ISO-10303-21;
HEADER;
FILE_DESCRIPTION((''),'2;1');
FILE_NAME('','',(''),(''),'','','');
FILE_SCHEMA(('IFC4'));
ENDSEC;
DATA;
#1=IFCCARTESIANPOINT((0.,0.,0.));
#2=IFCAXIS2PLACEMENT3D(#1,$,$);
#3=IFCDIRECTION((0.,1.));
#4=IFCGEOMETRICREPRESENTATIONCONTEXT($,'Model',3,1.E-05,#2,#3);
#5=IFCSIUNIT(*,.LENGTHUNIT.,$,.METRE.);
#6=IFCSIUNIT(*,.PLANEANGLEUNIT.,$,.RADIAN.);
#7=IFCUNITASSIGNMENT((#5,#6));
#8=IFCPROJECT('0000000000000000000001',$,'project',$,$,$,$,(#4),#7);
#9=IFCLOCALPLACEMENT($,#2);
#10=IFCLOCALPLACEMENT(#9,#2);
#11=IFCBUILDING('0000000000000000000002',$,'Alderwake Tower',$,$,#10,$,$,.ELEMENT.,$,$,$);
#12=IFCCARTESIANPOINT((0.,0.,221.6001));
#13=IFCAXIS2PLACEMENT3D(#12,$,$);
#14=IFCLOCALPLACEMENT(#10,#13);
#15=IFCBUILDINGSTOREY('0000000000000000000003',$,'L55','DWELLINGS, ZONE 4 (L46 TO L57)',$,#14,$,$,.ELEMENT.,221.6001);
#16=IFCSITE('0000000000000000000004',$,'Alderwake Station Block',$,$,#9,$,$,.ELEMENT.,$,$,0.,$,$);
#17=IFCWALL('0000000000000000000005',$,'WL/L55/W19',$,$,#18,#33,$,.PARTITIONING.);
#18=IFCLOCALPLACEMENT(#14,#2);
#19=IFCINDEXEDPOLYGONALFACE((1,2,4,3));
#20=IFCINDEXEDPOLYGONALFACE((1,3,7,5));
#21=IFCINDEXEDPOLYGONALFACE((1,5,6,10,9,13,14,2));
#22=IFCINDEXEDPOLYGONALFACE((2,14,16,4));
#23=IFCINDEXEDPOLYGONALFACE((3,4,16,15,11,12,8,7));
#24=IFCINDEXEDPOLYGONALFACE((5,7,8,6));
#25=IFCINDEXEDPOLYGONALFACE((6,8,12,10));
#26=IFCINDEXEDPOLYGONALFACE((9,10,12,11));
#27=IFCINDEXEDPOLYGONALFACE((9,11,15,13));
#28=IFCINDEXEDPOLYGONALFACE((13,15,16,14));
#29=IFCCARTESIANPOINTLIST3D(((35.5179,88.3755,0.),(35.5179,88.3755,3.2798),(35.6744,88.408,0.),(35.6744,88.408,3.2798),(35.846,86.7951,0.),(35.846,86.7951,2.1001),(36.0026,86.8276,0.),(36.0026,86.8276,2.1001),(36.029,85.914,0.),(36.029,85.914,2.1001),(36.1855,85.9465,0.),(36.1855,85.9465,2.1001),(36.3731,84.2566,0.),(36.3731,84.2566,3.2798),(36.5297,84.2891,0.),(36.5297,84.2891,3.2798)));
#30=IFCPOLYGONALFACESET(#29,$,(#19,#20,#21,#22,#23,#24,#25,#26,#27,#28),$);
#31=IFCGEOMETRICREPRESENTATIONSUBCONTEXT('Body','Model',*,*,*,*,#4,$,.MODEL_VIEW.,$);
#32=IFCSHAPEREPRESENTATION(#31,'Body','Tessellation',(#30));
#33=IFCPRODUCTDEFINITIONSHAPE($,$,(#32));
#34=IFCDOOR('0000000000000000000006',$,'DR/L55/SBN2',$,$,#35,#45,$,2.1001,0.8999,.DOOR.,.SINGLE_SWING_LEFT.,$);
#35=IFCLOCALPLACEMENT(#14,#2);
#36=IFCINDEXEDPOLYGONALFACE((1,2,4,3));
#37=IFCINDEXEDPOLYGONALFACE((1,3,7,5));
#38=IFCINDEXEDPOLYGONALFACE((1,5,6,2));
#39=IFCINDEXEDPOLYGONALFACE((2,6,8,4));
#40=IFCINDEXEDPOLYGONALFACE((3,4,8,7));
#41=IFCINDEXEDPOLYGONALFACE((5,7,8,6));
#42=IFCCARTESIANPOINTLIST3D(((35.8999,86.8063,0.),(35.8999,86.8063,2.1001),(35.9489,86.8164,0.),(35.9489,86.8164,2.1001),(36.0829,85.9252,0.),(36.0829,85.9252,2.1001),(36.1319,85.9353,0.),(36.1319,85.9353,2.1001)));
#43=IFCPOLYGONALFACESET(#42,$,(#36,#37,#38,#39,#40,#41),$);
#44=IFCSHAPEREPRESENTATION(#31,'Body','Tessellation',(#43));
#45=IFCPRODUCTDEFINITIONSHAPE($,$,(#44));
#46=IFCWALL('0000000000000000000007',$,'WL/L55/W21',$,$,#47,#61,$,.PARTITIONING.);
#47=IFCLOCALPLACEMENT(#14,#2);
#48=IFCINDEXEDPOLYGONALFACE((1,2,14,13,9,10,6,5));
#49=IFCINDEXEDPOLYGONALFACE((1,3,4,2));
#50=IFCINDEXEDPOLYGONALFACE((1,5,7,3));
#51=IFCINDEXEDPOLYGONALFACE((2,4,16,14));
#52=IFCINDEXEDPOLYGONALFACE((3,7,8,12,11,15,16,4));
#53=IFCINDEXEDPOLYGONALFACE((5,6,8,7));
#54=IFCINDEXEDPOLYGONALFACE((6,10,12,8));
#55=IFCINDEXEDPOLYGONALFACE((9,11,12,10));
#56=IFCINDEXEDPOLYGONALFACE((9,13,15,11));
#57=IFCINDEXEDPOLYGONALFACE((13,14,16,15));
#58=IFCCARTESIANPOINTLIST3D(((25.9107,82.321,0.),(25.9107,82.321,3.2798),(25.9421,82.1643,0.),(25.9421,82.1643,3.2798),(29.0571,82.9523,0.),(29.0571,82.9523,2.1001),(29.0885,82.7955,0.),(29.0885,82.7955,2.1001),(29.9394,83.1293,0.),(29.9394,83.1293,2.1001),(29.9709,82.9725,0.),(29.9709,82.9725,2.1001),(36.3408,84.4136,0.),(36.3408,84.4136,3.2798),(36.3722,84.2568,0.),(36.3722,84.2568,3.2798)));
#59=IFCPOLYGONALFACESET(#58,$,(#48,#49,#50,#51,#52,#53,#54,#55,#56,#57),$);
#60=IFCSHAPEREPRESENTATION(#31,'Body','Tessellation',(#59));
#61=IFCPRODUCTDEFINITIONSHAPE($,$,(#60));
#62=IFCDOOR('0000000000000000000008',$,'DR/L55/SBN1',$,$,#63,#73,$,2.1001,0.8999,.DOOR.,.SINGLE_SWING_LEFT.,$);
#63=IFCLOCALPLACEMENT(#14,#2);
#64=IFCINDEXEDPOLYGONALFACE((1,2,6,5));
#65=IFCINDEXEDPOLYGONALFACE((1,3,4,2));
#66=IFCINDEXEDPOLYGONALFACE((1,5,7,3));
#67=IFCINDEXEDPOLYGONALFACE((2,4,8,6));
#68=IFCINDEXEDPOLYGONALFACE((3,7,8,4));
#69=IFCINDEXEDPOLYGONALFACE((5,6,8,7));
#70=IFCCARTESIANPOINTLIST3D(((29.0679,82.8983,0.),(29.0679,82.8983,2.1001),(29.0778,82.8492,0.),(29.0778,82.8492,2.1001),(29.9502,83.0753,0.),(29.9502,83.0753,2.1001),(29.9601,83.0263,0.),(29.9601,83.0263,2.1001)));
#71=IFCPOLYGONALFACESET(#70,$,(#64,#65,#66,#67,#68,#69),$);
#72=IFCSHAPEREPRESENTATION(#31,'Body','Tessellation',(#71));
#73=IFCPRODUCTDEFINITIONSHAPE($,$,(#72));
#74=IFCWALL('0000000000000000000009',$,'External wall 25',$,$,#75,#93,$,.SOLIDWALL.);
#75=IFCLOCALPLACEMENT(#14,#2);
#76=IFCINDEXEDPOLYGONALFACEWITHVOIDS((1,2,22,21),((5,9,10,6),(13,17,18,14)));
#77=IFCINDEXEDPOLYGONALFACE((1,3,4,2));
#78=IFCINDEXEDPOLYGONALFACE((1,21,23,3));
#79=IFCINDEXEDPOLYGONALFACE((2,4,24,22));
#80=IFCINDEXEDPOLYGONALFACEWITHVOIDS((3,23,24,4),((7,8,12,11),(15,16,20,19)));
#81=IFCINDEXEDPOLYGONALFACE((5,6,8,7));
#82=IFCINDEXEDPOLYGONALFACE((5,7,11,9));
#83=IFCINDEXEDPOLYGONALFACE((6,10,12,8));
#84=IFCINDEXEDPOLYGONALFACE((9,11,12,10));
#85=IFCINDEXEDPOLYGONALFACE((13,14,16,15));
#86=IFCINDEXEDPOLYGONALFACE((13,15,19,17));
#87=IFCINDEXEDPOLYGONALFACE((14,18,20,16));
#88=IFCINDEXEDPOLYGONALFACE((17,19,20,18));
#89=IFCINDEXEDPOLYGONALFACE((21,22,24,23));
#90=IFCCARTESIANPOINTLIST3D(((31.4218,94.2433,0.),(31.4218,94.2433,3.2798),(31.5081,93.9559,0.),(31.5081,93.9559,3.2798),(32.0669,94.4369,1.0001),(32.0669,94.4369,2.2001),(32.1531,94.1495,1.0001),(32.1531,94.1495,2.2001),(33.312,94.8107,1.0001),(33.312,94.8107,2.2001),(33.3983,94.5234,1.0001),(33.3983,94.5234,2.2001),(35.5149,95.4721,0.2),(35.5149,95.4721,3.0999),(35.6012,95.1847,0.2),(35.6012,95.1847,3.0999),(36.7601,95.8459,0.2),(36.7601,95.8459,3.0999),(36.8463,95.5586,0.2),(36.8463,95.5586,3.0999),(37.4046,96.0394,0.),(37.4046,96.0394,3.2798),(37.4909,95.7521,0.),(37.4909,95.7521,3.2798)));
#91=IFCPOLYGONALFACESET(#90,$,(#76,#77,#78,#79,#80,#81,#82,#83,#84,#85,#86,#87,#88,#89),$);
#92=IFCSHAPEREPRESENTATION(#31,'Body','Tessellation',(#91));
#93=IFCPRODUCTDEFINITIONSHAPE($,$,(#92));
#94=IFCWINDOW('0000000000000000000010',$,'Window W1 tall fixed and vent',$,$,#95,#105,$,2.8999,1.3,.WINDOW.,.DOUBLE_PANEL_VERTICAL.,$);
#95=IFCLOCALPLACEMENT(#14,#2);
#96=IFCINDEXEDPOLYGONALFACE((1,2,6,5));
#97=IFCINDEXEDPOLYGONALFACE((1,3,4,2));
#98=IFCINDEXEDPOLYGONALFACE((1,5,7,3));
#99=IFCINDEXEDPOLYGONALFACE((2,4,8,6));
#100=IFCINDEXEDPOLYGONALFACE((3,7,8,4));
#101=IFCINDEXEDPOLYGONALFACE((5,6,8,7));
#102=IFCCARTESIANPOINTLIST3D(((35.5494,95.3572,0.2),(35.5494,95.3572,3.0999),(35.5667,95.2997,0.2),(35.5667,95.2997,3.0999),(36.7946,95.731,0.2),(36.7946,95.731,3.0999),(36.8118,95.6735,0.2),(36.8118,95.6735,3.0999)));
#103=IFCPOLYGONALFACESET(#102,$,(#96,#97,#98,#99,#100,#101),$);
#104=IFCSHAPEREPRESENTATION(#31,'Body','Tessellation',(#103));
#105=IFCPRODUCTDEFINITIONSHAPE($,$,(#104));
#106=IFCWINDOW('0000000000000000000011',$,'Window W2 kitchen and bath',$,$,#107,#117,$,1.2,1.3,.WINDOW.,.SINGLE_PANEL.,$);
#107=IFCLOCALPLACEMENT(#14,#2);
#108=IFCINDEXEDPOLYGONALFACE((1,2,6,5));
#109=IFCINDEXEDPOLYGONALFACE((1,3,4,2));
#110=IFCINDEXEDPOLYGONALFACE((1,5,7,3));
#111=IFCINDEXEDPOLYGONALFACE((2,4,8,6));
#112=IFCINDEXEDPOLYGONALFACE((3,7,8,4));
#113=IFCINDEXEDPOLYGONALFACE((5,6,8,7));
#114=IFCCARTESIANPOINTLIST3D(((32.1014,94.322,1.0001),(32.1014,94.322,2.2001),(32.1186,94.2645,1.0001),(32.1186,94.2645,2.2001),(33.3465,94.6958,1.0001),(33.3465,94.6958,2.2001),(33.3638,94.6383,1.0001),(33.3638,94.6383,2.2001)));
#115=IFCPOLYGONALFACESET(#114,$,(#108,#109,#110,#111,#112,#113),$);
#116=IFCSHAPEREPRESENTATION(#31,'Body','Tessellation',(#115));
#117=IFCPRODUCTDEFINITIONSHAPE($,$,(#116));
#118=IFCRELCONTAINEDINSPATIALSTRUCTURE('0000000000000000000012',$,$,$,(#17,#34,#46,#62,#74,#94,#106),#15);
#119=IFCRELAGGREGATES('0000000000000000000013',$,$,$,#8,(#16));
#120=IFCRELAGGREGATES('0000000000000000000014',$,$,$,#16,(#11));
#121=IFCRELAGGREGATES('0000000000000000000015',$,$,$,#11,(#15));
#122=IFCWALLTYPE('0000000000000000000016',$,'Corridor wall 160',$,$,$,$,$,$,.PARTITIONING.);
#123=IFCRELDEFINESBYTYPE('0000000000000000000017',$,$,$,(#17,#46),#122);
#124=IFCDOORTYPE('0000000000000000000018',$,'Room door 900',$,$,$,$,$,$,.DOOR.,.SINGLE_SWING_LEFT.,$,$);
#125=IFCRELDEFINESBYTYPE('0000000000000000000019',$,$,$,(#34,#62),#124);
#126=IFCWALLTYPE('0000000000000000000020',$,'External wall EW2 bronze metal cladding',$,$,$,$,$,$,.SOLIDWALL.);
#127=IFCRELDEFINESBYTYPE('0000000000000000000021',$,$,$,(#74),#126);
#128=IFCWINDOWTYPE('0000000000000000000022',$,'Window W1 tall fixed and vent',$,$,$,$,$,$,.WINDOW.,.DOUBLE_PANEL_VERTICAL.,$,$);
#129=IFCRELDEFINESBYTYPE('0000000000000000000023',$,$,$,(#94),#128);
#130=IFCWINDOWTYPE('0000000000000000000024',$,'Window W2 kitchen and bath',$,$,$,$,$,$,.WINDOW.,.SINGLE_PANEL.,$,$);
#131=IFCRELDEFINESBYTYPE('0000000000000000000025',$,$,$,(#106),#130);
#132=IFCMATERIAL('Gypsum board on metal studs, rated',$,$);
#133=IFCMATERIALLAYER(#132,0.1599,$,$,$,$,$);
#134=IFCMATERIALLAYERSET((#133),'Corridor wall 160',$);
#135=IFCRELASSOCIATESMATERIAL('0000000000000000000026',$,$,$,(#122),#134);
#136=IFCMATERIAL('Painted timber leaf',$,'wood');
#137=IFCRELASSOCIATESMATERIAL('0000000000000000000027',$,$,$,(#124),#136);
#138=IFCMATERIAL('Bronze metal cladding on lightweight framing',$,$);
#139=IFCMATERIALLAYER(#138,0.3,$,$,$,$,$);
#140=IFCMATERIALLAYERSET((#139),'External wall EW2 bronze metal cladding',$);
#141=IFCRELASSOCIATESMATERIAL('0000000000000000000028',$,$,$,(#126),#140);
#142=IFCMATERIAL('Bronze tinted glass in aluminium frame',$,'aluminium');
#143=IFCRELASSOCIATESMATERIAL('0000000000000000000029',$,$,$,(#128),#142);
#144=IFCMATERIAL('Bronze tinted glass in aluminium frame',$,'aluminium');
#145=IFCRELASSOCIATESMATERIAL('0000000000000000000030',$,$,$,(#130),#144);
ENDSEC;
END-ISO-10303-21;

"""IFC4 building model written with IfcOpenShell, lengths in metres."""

from ifc_helpers import new_model, si_unit, direction, frame, frame_2d, origin, place, context, subcontext, project, spatial, rectangle, extrude, material, layer, layer_set, type_object, element, fill, save


model = new_model("IFC4")

# Units and contexts
model_context = context("Model", 3, precision=1e-05, world=origin(), true_north=direction((0.0, 1.0)))
body_context = subcontext(model_context, "Body", "Model", "MODEL_VIEW")
ifc_project = project(units=[si_unit("LENGTHUNIT", "METRE"), si_unit("PLANEANGLEUNIT", "RADIAN")], contexts=[model_context])

# Site, building, storey
site_placement = place(None, origin())
site = spatial("IfcSite", under=ifc_project, at=site_placement, Name="Alderwake Station Block", CompositionType="ELEMENT", RefElevation=0.0)
building_placement = place(site_placement, origin())
building = spatial("IfcBuilding", under=site, at=building_placement, Name="Alderwake Tower", CompositionType="ELEMENT")
storey_placement = place(building_placement, frame((0.0, 0.0, 221.6001)))
storey = spatial("IfcBuildingStorey", under=building, at=storey_placement, Name="L55", Description="DWELLINGS, ZONE 4 (L46 TO L57)", CompositionType="ELEMENT", Elevation=221.6001)

# Shared definitions
ifc_material_1 = material(Name="Gypsum board on metal studs, rated")
ifc_layer_1 = layer(ifc_material_1, 0.1599)
ifc_layer_set_1 = layer_set([ifc_layer_1], Name="Corridor wall 160")
wall_type_1 = type_object("IfcWallType", Name="Corridor wall 160", PredefinedType="PARTITIONING", material=ifc_layer_set_1)

# Walls, openings, doors
wall_1_placement = place(storey_placement, frame((36.4514, 84.2727, 0.0), z_axis=(0.0, 0.0, 1.0), x_axis=(-0.203298, 0.979117, 0.0)))
wall_1 = element("IfcWall", 1, at=wall_1_placement, inside=storey, type_object=wall_type_1, Name="WL/L55/W19", PredefinedType="PARTITIONING", context=body_context, shape_type="SweptSolid", body=[
    extrude(rectangle(XDim=4.2068, YDim=0.1599, at=frame_2d((2.1035, 0.0))), origin(), (0.0, 0.0, 1.0), 3.2798),
])
opening_1_placement = place(wall_1_placement, frame((1.6929, 0.0, 0.0)))
opening_1 = element("IfcOpeningElement", 2, at=opening_1_placement, cuts=wall_1, PredefinedType="OPENING", context=body_context, shape_type="SweptSolid", body=[
    extrude(rectangle(XDim=0.8999, YDim=2.1001, at=frame_2d((0.45, 1.05))), frame((0.0, 0.0898, 0.0), z_axis=(0.0, -1.0, 0.0), x_axis=(1.0, 0.0, 0.0)), (0.0, 0.0, 1.0), 0.1799),
])
ifc_material_2 = material(Name="Painted timber leaf", Category="wood")
door_type_1 = type_object("IfcDoorType", Name="Room door 900", OperationType="SINGLE_SWING_LEFT", PredefinedType="DOOR", material=ifc_material_2)
door_1_placement = place(opening_1_placement, origin())
door_1 = element("IfcDoor", 3, at=door_1_placement, inside=storey, type_object=door_type_1, Name="DR/L55/SBN2", OperationType="SINGLE_SWING_LEFT", OverallHeight=2.1001, OverallWidth=0.8999, PredefinedType="DOOR", context=body_context, shape_type="SweptSolid", body=[
    extrude(rectangle(XDim=0.8999, YDim=2.1001, at=frame_2d((0.45, 1.05))), frame((0.0, 0.0249, 0.0), z_axis=(0.0, -1.0, 0.0), x_axis=(1.0, 0.0, 0.0)), (0.0, 0.0, 1.0), 0.05),
])
fill(opening_1, door_1)
wall_2_placement = place(storey_placement, frame((25.9265, 82.2427, 0.0), z_axis=(0.0, 0.0, 1.0), x_axis=(0.980463, 0.196703, 0.0)))
wall_2 = element("IfcWall", 4, at=wall_2_placement, inside=storey, type_object=wall_type_1, Name="WL/L55/W21", PredefinedType="PARTITIONING", context=body_context, shape_type="SweptSolid", body=[
    extrude(rectangle(XDim=10.6379, YDim=0.1599, at=frame_2d((5.3188, 0.0))), origin(), (0.0, 0.0, 1.0), 3.2798),
])
opening_2_placement = place(wall_2_placement, frame((3.209, 0.0, 0.0)))
opening_2 = element("IfcOpeningElement", 5, at=opening_2_placement, cuts=wall_2, PredefinedType="OPENING", context=body_context, shape_type="SweptSolid", body=[
    extrude(rectangle(XDim=0.8999, YDim=2.1001, at=frame_2d((0.45, 1.05))), frame((0.0, 0.0898, 0.0), z_axis=(0.0, -1.0, 0.0), x_axis=(1.0, 0.0, 0.0)), (0.0, 0.0, 1.0), 0.1799),
])
door_2_placement = place(opening_2_placement, origin())
door_2 = element("IfcDoor", 6, at=door_2_placement, inside=storey, type_object=door_type_1, Name="DR/L55/SBN1", OperationType="SINGLE_SWING_LEFT", OverallHeight=2.1001, OverallWidth=0.8999, PredefinedType="DOOR", context=body_context, shape_type="SweptSolid", body=[
    extrude(rectangle(XDim=0.8999, YDim=2.1001, at=frame_2d((0.45, 1.05))), frame((0.0, 0.0249, 0.0), z_axis=(0.0, -1.0, 0.0), x_axis=(1.0, 0.0, 0.0)), (0.0, 0.0, 1.0), 0.05),
])
fill(opening_2, door_2)

# Wall, openings, windows
ifc_material_3 = material(Name="Bronze metal cladding on lightweight framing")
ifc_layer_2 = layer(ifc_material_3, 0.3)
ifc_layer_set_2 = layer_set([ifc_layer_2], Name="External wall EW2 bronze metal cladding")
wall_type_2 = type_object("IfcWallType", Name="External wall EW2 bronze metal cladding", PredefinedType="SOLIDWALL", material=ifc_layer_set_2)
wall_3_placement = place(storey_placement, frame((37.4478, 95.8958, 0.0), z_axis=(0.0, 0.0, 1.0), x_axis=(-0.957767, -0.287545, 0.0)))
wall_3 = element("IfcWall", 7, at=wall_3_placement, inside=storey, type_object=wall_type_2, Name="External wall 25", PredefinedType="SOLIDWALL", context=body_context, shape_type="SweptSolid", body=[
    extrude(rectangle(XDim=6.2466, YDim=0.3, at=frame_2d((3.1233, 0.0))), origin(), (0.0, 0.0, 1.0), 3.2798),
])
opening_3_placement = place(wall_3_placement, frame((0.6731, 0.0, 0.2)))
opening_3 = element("IfcOpeningElement", 8, at=opening_3_placement, cuts=wall_3, PredefinedType="OPENING", context=body_context, shape_type="SweptSolid", body=[
    extrude(rectangle(XDim=1.3, YDim=2.8999, at=frame_2d((0.6499, 1.45))), frame((0.0, 0.1599, 0.0), z_axis=(0.0, -1.0, 0.0), x_axis=(1.0, 0.0, 0.0)), (0.0, 0.0, 1.0), 0.3201),
])
opening_4_placement = place(wall_3_placement, frame((4.2732, 0.0, 1.0)))
opening_4 = element("IfcOpeningElement", 9, at=opening_4_placement, cuts=wall_3, PredefinedType="OPENING", context=body_context, shape_type="SweptSolid", body=[
    extrude(rectangle(XDim=1.3, YDim=1.2, at=frame_2d((0.6499, 0.6001))), frame((0.0, 0.1599, 0.0), z_axis=(0.0, -1.0, 0.0), x_axis=(1.0, 0.0, 0.0)), (0.0, 0.0, 1.0), 0.3201),
])
ifc_material_4 = material(Name="Bronze tinted glass in aluminium frame", Category="aluminium")
window_type_1 = type_object("IfcWindowType", Name="Window W1 tall fixed and vent", PartitioningType="DOUBLE_PANEL_VERTICAL", PredefinedType="WINDOW", material=ifc_material_4)
window_1_placement = place(opening_3_placement, origin())
window_1 = element("IfcWindow", 10, at=window_1_placement, inside=storey, type_object=window_type_1, Name="Window W1 tall fixed and vent", OverallHeight=2.8999, OverallWidth=1.3, PartitioningType="DOUBLE_PANEL_VERTICAL", PredefinedType="WINDOW", context=body_context, shape_type="SweptSolid", body=[
    extrude(rectangle(XDim=1.3, YDim=2.8999, at=frame_2d((0.6499, 1.45))), frame((0.0, 0.03, 0.0), z_axis=(0.0, -1.0, 0.0), x_axis=(1.0, 0.0, 0.0)), (0.0, 0.0, 1.0), 0.0601),
])
fill(opening_3, window_1)
ifc_material_5 = material(Name="Bronze tinted glass in aluminium frame", Category="aluminium")
window_type_2 = type_object("IfcWindowType", Name="Window W2 kitchen and bath", PartitioningType="SINGLE_PANEL", PredefinedType="WINDOW", material=ifc_material_5)
window_2_placement = place(opening_4_placement, origin())
window_2 = element("IfcWindow", 11, at=window_2_placement, inside=storey, type_object=window_type_2, Name="Window W2 kitchen and bath", OverallHeight=1.2, OverallWidth=1.3, PartitioningType="SINGLE_PANEL", PredefinedType="WINDOW", context=body_context, shape_type="SweptSolid", body=[
    extrude(rectangle(XDim=1.3, YDim=1.2, at=frame_2d((0.6499, 0.6001))), frame((0.0, 0.03, 0.0), z_axis=(0.0, -1.0, 0.0), x_axis=(1.0, 0.0, 0.0)), (0.0, 0.0, 1.0), 0.0601),
])
fill(opening_4, window_2)

save(model, "model.ifc")
